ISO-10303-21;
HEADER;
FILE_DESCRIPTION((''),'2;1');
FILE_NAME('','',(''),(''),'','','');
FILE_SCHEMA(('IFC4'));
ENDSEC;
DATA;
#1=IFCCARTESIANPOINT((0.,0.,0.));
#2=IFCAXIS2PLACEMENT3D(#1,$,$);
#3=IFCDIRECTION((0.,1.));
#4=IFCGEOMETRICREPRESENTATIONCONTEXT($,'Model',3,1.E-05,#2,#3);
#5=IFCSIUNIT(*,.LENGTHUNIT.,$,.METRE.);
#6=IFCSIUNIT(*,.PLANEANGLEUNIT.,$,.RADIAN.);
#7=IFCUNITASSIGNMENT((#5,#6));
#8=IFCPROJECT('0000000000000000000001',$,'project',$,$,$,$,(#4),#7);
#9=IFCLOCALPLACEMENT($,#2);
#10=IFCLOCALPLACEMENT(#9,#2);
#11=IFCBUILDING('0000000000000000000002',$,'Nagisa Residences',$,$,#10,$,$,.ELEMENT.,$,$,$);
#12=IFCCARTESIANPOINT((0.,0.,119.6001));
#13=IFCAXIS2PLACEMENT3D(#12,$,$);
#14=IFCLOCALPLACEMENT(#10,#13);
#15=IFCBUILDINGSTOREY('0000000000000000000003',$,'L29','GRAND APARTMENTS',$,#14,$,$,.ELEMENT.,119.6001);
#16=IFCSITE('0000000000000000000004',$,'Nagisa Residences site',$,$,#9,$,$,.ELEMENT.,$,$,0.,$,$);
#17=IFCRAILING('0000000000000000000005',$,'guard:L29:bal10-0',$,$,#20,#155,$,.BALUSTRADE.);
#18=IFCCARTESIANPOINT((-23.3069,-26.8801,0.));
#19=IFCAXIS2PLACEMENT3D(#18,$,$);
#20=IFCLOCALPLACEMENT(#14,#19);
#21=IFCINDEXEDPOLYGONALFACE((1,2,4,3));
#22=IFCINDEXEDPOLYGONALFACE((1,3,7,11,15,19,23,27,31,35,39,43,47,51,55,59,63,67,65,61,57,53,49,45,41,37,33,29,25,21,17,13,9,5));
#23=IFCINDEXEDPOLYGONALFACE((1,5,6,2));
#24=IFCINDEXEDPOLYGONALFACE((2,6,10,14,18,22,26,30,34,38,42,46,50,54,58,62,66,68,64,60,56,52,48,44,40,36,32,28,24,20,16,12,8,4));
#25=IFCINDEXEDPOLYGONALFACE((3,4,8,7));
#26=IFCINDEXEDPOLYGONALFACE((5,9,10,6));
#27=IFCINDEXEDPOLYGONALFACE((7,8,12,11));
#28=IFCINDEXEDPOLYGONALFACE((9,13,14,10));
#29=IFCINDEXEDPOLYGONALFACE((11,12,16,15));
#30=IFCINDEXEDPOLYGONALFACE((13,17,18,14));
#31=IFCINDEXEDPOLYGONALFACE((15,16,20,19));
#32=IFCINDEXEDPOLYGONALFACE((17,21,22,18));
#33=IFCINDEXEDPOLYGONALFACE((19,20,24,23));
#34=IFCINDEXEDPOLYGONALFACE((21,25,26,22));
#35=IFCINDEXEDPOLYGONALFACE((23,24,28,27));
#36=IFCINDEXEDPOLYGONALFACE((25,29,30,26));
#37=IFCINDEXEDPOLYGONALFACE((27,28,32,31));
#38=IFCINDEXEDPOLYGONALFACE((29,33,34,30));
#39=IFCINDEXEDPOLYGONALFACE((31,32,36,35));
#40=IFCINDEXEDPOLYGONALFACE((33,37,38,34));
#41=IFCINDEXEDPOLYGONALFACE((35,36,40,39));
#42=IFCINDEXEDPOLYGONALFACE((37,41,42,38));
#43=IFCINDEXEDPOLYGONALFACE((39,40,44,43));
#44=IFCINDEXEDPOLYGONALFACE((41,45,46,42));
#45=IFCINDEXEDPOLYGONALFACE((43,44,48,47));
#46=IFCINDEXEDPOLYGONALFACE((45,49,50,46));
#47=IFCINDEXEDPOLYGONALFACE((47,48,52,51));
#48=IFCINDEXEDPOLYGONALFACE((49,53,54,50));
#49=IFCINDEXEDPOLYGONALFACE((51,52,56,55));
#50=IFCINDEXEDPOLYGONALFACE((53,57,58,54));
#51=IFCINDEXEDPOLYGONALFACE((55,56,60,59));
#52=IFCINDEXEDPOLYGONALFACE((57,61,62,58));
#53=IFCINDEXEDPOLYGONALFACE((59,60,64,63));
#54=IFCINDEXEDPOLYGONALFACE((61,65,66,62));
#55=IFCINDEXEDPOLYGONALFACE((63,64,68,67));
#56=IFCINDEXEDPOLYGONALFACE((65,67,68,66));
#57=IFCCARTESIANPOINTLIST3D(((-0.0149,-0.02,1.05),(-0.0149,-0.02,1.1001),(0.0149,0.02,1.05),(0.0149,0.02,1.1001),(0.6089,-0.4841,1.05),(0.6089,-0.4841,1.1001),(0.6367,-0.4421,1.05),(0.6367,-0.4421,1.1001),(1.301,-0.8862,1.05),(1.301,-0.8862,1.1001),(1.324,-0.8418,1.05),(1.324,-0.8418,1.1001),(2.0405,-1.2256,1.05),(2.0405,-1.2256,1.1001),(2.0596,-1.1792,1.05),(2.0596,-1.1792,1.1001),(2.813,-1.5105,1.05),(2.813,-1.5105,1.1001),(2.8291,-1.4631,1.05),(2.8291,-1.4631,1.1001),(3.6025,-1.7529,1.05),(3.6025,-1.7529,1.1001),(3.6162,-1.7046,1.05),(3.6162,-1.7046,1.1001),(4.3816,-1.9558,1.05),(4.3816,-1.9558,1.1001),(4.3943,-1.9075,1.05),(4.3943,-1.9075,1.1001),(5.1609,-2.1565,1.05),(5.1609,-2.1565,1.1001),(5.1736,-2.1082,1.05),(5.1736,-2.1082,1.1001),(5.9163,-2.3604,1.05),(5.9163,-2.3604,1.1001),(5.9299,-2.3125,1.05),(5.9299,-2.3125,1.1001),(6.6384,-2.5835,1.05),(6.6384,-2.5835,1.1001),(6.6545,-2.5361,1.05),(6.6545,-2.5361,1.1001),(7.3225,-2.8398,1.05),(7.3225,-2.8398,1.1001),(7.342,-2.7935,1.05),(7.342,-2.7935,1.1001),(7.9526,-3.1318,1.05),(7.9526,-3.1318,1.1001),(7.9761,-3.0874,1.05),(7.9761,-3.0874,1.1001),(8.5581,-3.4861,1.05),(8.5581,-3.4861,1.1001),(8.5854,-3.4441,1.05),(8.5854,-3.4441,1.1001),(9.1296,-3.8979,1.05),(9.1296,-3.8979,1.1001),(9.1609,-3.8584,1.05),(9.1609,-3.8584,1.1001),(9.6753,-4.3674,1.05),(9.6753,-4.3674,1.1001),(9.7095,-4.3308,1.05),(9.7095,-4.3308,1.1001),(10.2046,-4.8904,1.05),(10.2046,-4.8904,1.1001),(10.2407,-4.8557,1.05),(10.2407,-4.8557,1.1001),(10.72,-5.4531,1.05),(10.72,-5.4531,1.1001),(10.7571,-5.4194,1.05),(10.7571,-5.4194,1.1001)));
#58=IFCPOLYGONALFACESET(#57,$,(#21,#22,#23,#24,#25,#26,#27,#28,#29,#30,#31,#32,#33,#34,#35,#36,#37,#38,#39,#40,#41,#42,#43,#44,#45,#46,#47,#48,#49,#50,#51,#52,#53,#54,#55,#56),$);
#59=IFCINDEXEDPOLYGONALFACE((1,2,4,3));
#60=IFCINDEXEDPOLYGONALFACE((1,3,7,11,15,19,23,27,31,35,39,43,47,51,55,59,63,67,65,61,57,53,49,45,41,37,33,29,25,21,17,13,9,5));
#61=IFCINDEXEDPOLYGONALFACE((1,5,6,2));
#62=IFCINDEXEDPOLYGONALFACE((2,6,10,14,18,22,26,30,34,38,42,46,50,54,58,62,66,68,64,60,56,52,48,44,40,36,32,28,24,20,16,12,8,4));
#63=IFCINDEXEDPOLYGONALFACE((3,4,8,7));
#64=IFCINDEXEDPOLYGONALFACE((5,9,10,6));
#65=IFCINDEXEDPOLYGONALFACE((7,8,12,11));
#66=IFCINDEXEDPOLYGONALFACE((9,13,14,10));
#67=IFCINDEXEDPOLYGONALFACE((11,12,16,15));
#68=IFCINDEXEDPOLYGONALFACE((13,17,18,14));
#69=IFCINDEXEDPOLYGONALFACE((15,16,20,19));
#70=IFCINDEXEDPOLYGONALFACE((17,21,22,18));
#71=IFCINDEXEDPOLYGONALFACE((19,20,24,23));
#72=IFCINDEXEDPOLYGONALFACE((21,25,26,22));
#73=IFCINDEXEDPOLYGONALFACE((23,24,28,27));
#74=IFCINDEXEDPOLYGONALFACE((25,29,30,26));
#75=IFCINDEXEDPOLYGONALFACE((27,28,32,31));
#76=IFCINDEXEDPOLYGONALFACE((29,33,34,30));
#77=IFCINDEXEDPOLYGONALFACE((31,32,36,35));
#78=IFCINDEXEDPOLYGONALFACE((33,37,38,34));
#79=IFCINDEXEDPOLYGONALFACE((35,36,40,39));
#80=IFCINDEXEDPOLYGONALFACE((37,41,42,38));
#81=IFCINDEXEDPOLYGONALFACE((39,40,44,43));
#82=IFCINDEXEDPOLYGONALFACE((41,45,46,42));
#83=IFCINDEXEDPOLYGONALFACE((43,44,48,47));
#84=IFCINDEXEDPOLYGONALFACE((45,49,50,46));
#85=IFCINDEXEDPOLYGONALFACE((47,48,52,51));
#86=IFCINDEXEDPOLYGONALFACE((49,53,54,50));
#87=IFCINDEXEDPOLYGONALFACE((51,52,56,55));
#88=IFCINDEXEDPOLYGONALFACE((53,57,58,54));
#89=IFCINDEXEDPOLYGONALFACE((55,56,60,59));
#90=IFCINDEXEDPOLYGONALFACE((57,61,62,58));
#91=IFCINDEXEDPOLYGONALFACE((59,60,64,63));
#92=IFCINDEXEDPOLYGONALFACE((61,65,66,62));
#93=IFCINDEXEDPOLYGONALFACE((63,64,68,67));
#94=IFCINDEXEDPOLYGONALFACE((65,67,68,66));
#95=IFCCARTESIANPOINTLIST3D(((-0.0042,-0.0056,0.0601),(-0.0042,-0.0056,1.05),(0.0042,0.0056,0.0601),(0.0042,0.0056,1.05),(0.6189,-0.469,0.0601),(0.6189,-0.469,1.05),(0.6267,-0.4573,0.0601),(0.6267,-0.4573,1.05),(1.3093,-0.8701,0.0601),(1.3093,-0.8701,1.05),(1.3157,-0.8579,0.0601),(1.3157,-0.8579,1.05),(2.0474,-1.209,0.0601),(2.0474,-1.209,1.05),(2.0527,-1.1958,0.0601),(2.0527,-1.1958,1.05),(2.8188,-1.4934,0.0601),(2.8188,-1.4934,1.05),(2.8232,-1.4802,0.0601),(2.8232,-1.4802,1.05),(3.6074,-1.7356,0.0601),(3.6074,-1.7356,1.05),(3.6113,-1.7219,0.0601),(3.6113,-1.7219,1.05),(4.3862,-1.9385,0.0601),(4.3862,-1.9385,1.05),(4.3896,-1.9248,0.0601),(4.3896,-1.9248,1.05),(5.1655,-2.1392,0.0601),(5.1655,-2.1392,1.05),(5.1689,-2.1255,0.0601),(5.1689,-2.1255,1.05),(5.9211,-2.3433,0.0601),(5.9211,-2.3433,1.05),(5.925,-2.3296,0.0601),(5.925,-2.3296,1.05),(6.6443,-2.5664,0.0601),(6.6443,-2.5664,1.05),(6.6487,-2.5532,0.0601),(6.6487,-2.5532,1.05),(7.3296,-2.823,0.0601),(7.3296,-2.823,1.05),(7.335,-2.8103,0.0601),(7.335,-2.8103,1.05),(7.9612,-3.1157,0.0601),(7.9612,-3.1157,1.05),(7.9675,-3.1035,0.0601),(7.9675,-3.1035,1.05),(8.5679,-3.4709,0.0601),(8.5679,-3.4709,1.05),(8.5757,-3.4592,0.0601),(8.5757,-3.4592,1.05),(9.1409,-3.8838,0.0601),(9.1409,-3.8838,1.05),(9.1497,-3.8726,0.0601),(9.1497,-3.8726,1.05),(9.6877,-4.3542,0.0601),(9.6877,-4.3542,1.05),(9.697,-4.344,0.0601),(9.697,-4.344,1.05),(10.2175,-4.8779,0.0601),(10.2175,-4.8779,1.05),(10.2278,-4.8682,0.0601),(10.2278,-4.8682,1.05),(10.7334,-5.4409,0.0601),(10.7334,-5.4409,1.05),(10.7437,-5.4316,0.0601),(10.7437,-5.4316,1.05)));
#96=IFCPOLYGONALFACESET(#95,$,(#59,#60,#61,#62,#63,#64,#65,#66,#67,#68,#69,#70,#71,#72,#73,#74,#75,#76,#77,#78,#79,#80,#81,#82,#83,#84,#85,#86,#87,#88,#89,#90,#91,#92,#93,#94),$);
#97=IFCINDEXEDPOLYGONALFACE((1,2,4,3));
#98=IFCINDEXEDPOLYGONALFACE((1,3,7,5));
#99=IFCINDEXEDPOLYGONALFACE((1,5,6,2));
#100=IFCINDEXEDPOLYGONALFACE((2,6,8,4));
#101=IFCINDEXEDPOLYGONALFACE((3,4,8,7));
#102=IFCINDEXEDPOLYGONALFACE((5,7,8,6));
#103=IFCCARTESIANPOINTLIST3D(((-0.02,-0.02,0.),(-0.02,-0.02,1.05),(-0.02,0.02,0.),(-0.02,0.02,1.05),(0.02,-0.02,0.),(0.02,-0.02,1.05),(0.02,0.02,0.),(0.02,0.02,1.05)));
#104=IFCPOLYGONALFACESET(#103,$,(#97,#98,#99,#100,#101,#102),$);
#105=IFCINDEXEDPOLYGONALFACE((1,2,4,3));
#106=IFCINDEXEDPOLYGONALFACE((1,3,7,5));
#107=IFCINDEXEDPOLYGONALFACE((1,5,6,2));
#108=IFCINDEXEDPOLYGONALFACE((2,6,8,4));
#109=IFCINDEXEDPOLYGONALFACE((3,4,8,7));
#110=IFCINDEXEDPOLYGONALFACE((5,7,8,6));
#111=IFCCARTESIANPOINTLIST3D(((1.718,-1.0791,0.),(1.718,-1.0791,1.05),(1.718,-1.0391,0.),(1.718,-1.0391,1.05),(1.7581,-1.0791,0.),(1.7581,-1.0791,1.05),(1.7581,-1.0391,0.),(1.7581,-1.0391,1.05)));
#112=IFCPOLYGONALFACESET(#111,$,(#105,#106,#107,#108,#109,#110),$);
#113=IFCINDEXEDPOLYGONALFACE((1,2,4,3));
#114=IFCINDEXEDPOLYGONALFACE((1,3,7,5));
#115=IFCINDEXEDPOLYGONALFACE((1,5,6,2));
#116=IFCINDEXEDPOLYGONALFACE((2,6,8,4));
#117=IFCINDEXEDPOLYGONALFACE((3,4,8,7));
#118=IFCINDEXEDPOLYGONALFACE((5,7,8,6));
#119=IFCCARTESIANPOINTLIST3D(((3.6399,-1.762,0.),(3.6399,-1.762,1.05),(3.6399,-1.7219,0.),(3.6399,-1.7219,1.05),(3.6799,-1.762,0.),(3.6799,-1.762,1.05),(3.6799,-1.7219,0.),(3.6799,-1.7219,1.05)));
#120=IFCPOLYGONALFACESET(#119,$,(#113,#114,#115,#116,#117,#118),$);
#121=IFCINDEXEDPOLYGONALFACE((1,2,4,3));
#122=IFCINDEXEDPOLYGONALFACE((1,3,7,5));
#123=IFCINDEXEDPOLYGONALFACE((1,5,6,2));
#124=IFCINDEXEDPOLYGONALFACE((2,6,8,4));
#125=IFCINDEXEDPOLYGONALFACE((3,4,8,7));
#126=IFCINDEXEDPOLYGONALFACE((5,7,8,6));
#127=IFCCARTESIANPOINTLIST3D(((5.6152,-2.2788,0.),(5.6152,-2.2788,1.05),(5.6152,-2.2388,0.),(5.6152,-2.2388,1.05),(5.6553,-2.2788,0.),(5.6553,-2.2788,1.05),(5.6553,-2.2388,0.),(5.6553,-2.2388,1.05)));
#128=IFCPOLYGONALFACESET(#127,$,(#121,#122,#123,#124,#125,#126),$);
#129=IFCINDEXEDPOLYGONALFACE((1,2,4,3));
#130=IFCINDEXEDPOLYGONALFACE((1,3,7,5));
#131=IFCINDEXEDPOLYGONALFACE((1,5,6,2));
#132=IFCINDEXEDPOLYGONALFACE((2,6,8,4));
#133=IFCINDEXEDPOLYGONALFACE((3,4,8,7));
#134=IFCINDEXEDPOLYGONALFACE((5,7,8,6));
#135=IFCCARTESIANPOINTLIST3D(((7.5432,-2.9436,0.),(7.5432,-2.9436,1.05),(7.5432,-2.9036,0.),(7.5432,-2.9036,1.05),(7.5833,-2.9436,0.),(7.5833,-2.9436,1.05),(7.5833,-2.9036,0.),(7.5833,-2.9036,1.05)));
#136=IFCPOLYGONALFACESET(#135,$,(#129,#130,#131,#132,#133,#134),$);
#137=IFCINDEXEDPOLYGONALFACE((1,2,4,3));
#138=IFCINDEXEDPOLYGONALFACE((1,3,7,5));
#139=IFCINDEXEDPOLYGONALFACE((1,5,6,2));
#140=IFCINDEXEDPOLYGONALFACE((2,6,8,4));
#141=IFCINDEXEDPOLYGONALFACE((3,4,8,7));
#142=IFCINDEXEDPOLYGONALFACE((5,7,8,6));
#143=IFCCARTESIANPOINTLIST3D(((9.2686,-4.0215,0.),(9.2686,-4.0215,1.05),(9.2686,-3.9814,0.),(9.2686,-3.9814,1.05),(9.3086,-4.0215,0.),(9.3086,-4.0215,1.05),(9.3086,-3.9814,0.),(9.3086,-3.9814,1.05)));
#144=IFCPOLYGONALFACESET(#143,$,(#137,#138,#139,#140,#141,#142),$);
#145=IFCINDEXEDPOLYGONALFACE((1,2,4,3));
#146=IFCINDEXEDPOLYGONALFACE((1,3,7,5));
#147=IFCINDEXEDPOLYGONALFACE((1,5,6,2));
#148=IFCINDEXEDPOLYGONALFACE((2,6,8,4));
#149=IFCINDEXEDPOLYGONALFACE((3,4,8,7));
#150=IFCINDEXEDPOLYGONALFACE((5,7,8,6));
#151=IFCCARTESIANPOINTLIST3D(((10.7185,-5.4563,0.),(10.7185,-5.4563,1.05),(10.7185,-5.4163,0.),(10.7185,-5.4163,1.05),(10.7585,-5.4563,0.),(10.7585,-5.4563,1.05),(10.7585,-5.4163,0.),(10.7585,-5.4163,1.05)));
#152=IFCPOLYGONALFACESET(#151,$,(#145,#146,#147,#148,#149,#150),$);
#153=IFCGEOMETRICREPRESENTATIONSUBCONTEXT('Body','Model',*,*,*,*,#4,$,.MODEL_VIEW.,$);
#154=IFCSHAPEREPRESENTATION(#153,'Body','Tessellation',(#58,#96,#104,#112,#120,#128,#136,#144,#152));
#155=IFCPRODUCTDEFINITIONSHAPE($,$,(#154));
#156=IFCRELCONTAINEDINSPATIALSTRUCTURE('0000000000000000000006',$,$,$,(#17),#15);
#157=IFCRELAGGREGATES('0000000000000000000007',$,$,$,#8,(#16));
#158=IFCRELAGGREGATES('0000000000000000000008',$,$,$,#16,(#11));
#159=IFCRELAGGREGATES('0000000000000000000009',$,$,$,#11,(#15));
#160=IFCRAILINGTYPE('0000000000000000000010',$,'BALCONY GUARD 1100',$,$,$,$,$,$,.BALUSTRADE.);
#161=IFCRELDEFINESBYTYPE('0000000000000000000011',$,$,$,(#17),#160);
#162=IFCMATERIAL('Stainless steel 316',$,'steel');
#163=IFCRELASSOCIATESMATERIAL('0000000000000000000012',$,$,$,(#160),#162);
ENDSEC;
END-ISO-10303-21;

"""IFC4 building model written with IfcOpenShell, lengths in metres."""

from ifc_helpers import new_model, si_unit, direction, frame, origin, origin_2d, place, context, subcontext, project, spatial, polyline, rectangle, outline, extrude, material, type_object, element, save


model = new_model("IFC4")

# Units and contexts
model_context = context("Model", 3, precision=1e-05, world=origin(), true_north=direction((0.0, 1.0)))
body_context = subcontext(model_context, "Body", "Model", "MODEL_VIEW")
ifc_project = project(units=[si_unit("LENGTHUNIT", "METRE"), si_unit("PLANEANGLEUNIT", "RADIAN")], contexts=[model_context])

# Site, building, storey
site_placement = place(None, origin())
site = spatial("IfcSite", under=ifc_project, at=site_placement, Name="Nagisa Residences site", CompositionType="ELEMENT", RefElevation=0.0)
building_placement = place(site_placement, origin())
building = spatial("IfcBuilding", under=site, at=building_placement, Name="Nagisa Residences", CompositionType="ELEMENT")
storey_placement = place(building_placement, frame((0.0, 0.0, 119.6001)))
storey = spatial("IfcBuildingStorey", under=building, at=storey_placement, Name="L29", Description="GRAND APARTMENTS", CompositionType="ELEMENT", Elevation=119.6001)

# Railing
ifc_material_1 = material(Name="Stainless steel 316", Category="steel")
railing_type = type_object("IfcRailingType", Name="BALCONY GUARD 1100", PredefinedType="BALUSTRADE", material=ifc_material_1)
railing_placement = place(storey_placement, frame((-23.3069, -26.8801, 0.0)))
element("IfcRailing", 1, at=railing_placement, inside=storey, type_object=railing_type, Name="guard:L29:bal10-0", PredefinedType="BALUSTRADE", context=body_context, shape_type="SweptSolid", body=[
    extrude(outline(polyline([(0.6367, -0.4421), (0.0149, 0.02), (-0.0149, -0.02), (0.6089, -0.4841), (1.301, -0.8862), (2.0405, -1.2256), (2.813, -1.5105), (3.6025, -1.7529), (4.3816, -1.9558), (5.1609, -2.1565), (5.9163, -2.3604), (6.6384, -2.5835), (7.3225, -2.8398), (7.9526, -3.1318), (8.5581, -3.4861), (9.1296, -3.8979), (9.6753, -4.3674), (10.2046, -4.8904), (10.72, -5.4531), (10.7571, -5.4194), (10.2407, -4.8557), (9.7095, -4.3308), (9.1609, -3.8584), (8.5854, -3.4441), (7.9761, -3.0874), (7.342, -2.7935), (6.6545, -2.5361), (5.9299, -2.3125), (5.1736, -2.1082), (4.3943, -1.9075), (3.6162, -1.7046), (2.8291, -1.4631), (2.0596, -1.1792), (1.324, -0.8418), (0.6367, -0.4421)])), frame((0.0, 0.0, 1.05)), (0.0, 0.0, 1.0), 0.05),
    extrude(outline(polyline([(0.6267, -0.4573), (0.0042, 0.0056), (-0.0042, -0.0056), (0.6189, -0.469), (1.3093, -0.8701), (2.0474, -1.209), (2.8188, -1.4934), (3.6074, -1.7356), (4.3862, -1.9385), (5.1655, -2.1392), (5.9211, -2.3433), (6.6443, -2.5664), (7.3296, -2.823), (7.9612, -3.1157), (8.5679, -3.4709), (9.1409, -3.8838), (9.6877, -4.3542), (10.2175, -4.8779), (10.7334, -5.4409), (10.7437, -5.4316), (10.2278, -4.8682), (9.697, -4.344), (9.1497, -3.8726), (8.5757, -3.4592), (7.9675, -3.1035), (7.335, -2.8103), (6.6487, -2.5532), (5.925, -2.3296), (5.1689, -2.1255), (4.3896, -1.9248), (3.6113, -1.7219), (2.8232, -1.4802), (2.0527, -1.1958), (1.3157, -0.8579), (0.6267, -0.4573)])), frame((0.0, 0.0, 0.0601)), (0.0, 0.0, 1.0), 0.99),
    extrude(rectangle(XDim=0.04, YDim=0.04, at=origin_2d()), origin(), (0.0, 0.0, 1.0), 1.05),
    extrude(rectangle(XDim=0.04, YDim=0.04, at=origin_2d()), frame((1.738, -1.0591, 0.0)), (0.0, 0.0, 1.0), 1.05),
    extrude(rectangle(XDim=0.04, YDim=0.04, at=origin_2d()), frame((3.6599, -1.7419, 0.0)), (0.0, 0.0, 1.0), 1.05),
    extrude(rectangle(XDim=0.04, YDim=0.04, at=origin_2d()), frame((5.6353, -2.2588, 0.0)), (0.0, 0.0, 1.0), 1.05),
    extrude(rectangle(XDim=0.04, YDim=0.04, at=origin_2d()), frame((7.5632, -2.9236, 0.0)), (0.0, 0.0, 1.0), 1.05),
    extrude(rectangle(XDim=0.04, YDim=0.04, at=origin_2d()), frame((9.2886, -4.0015, 0.0)), (0.0, 0.0, 1.0), 1.05),
    extrude(rectangle(XDim=0.04, YDim=0.04, at=origin_2d()), frame((10.7385, -5.4363, 0.0)), (0.0, 0.0, 1.0), 1.05),
])

save(model, "model.ifc")
